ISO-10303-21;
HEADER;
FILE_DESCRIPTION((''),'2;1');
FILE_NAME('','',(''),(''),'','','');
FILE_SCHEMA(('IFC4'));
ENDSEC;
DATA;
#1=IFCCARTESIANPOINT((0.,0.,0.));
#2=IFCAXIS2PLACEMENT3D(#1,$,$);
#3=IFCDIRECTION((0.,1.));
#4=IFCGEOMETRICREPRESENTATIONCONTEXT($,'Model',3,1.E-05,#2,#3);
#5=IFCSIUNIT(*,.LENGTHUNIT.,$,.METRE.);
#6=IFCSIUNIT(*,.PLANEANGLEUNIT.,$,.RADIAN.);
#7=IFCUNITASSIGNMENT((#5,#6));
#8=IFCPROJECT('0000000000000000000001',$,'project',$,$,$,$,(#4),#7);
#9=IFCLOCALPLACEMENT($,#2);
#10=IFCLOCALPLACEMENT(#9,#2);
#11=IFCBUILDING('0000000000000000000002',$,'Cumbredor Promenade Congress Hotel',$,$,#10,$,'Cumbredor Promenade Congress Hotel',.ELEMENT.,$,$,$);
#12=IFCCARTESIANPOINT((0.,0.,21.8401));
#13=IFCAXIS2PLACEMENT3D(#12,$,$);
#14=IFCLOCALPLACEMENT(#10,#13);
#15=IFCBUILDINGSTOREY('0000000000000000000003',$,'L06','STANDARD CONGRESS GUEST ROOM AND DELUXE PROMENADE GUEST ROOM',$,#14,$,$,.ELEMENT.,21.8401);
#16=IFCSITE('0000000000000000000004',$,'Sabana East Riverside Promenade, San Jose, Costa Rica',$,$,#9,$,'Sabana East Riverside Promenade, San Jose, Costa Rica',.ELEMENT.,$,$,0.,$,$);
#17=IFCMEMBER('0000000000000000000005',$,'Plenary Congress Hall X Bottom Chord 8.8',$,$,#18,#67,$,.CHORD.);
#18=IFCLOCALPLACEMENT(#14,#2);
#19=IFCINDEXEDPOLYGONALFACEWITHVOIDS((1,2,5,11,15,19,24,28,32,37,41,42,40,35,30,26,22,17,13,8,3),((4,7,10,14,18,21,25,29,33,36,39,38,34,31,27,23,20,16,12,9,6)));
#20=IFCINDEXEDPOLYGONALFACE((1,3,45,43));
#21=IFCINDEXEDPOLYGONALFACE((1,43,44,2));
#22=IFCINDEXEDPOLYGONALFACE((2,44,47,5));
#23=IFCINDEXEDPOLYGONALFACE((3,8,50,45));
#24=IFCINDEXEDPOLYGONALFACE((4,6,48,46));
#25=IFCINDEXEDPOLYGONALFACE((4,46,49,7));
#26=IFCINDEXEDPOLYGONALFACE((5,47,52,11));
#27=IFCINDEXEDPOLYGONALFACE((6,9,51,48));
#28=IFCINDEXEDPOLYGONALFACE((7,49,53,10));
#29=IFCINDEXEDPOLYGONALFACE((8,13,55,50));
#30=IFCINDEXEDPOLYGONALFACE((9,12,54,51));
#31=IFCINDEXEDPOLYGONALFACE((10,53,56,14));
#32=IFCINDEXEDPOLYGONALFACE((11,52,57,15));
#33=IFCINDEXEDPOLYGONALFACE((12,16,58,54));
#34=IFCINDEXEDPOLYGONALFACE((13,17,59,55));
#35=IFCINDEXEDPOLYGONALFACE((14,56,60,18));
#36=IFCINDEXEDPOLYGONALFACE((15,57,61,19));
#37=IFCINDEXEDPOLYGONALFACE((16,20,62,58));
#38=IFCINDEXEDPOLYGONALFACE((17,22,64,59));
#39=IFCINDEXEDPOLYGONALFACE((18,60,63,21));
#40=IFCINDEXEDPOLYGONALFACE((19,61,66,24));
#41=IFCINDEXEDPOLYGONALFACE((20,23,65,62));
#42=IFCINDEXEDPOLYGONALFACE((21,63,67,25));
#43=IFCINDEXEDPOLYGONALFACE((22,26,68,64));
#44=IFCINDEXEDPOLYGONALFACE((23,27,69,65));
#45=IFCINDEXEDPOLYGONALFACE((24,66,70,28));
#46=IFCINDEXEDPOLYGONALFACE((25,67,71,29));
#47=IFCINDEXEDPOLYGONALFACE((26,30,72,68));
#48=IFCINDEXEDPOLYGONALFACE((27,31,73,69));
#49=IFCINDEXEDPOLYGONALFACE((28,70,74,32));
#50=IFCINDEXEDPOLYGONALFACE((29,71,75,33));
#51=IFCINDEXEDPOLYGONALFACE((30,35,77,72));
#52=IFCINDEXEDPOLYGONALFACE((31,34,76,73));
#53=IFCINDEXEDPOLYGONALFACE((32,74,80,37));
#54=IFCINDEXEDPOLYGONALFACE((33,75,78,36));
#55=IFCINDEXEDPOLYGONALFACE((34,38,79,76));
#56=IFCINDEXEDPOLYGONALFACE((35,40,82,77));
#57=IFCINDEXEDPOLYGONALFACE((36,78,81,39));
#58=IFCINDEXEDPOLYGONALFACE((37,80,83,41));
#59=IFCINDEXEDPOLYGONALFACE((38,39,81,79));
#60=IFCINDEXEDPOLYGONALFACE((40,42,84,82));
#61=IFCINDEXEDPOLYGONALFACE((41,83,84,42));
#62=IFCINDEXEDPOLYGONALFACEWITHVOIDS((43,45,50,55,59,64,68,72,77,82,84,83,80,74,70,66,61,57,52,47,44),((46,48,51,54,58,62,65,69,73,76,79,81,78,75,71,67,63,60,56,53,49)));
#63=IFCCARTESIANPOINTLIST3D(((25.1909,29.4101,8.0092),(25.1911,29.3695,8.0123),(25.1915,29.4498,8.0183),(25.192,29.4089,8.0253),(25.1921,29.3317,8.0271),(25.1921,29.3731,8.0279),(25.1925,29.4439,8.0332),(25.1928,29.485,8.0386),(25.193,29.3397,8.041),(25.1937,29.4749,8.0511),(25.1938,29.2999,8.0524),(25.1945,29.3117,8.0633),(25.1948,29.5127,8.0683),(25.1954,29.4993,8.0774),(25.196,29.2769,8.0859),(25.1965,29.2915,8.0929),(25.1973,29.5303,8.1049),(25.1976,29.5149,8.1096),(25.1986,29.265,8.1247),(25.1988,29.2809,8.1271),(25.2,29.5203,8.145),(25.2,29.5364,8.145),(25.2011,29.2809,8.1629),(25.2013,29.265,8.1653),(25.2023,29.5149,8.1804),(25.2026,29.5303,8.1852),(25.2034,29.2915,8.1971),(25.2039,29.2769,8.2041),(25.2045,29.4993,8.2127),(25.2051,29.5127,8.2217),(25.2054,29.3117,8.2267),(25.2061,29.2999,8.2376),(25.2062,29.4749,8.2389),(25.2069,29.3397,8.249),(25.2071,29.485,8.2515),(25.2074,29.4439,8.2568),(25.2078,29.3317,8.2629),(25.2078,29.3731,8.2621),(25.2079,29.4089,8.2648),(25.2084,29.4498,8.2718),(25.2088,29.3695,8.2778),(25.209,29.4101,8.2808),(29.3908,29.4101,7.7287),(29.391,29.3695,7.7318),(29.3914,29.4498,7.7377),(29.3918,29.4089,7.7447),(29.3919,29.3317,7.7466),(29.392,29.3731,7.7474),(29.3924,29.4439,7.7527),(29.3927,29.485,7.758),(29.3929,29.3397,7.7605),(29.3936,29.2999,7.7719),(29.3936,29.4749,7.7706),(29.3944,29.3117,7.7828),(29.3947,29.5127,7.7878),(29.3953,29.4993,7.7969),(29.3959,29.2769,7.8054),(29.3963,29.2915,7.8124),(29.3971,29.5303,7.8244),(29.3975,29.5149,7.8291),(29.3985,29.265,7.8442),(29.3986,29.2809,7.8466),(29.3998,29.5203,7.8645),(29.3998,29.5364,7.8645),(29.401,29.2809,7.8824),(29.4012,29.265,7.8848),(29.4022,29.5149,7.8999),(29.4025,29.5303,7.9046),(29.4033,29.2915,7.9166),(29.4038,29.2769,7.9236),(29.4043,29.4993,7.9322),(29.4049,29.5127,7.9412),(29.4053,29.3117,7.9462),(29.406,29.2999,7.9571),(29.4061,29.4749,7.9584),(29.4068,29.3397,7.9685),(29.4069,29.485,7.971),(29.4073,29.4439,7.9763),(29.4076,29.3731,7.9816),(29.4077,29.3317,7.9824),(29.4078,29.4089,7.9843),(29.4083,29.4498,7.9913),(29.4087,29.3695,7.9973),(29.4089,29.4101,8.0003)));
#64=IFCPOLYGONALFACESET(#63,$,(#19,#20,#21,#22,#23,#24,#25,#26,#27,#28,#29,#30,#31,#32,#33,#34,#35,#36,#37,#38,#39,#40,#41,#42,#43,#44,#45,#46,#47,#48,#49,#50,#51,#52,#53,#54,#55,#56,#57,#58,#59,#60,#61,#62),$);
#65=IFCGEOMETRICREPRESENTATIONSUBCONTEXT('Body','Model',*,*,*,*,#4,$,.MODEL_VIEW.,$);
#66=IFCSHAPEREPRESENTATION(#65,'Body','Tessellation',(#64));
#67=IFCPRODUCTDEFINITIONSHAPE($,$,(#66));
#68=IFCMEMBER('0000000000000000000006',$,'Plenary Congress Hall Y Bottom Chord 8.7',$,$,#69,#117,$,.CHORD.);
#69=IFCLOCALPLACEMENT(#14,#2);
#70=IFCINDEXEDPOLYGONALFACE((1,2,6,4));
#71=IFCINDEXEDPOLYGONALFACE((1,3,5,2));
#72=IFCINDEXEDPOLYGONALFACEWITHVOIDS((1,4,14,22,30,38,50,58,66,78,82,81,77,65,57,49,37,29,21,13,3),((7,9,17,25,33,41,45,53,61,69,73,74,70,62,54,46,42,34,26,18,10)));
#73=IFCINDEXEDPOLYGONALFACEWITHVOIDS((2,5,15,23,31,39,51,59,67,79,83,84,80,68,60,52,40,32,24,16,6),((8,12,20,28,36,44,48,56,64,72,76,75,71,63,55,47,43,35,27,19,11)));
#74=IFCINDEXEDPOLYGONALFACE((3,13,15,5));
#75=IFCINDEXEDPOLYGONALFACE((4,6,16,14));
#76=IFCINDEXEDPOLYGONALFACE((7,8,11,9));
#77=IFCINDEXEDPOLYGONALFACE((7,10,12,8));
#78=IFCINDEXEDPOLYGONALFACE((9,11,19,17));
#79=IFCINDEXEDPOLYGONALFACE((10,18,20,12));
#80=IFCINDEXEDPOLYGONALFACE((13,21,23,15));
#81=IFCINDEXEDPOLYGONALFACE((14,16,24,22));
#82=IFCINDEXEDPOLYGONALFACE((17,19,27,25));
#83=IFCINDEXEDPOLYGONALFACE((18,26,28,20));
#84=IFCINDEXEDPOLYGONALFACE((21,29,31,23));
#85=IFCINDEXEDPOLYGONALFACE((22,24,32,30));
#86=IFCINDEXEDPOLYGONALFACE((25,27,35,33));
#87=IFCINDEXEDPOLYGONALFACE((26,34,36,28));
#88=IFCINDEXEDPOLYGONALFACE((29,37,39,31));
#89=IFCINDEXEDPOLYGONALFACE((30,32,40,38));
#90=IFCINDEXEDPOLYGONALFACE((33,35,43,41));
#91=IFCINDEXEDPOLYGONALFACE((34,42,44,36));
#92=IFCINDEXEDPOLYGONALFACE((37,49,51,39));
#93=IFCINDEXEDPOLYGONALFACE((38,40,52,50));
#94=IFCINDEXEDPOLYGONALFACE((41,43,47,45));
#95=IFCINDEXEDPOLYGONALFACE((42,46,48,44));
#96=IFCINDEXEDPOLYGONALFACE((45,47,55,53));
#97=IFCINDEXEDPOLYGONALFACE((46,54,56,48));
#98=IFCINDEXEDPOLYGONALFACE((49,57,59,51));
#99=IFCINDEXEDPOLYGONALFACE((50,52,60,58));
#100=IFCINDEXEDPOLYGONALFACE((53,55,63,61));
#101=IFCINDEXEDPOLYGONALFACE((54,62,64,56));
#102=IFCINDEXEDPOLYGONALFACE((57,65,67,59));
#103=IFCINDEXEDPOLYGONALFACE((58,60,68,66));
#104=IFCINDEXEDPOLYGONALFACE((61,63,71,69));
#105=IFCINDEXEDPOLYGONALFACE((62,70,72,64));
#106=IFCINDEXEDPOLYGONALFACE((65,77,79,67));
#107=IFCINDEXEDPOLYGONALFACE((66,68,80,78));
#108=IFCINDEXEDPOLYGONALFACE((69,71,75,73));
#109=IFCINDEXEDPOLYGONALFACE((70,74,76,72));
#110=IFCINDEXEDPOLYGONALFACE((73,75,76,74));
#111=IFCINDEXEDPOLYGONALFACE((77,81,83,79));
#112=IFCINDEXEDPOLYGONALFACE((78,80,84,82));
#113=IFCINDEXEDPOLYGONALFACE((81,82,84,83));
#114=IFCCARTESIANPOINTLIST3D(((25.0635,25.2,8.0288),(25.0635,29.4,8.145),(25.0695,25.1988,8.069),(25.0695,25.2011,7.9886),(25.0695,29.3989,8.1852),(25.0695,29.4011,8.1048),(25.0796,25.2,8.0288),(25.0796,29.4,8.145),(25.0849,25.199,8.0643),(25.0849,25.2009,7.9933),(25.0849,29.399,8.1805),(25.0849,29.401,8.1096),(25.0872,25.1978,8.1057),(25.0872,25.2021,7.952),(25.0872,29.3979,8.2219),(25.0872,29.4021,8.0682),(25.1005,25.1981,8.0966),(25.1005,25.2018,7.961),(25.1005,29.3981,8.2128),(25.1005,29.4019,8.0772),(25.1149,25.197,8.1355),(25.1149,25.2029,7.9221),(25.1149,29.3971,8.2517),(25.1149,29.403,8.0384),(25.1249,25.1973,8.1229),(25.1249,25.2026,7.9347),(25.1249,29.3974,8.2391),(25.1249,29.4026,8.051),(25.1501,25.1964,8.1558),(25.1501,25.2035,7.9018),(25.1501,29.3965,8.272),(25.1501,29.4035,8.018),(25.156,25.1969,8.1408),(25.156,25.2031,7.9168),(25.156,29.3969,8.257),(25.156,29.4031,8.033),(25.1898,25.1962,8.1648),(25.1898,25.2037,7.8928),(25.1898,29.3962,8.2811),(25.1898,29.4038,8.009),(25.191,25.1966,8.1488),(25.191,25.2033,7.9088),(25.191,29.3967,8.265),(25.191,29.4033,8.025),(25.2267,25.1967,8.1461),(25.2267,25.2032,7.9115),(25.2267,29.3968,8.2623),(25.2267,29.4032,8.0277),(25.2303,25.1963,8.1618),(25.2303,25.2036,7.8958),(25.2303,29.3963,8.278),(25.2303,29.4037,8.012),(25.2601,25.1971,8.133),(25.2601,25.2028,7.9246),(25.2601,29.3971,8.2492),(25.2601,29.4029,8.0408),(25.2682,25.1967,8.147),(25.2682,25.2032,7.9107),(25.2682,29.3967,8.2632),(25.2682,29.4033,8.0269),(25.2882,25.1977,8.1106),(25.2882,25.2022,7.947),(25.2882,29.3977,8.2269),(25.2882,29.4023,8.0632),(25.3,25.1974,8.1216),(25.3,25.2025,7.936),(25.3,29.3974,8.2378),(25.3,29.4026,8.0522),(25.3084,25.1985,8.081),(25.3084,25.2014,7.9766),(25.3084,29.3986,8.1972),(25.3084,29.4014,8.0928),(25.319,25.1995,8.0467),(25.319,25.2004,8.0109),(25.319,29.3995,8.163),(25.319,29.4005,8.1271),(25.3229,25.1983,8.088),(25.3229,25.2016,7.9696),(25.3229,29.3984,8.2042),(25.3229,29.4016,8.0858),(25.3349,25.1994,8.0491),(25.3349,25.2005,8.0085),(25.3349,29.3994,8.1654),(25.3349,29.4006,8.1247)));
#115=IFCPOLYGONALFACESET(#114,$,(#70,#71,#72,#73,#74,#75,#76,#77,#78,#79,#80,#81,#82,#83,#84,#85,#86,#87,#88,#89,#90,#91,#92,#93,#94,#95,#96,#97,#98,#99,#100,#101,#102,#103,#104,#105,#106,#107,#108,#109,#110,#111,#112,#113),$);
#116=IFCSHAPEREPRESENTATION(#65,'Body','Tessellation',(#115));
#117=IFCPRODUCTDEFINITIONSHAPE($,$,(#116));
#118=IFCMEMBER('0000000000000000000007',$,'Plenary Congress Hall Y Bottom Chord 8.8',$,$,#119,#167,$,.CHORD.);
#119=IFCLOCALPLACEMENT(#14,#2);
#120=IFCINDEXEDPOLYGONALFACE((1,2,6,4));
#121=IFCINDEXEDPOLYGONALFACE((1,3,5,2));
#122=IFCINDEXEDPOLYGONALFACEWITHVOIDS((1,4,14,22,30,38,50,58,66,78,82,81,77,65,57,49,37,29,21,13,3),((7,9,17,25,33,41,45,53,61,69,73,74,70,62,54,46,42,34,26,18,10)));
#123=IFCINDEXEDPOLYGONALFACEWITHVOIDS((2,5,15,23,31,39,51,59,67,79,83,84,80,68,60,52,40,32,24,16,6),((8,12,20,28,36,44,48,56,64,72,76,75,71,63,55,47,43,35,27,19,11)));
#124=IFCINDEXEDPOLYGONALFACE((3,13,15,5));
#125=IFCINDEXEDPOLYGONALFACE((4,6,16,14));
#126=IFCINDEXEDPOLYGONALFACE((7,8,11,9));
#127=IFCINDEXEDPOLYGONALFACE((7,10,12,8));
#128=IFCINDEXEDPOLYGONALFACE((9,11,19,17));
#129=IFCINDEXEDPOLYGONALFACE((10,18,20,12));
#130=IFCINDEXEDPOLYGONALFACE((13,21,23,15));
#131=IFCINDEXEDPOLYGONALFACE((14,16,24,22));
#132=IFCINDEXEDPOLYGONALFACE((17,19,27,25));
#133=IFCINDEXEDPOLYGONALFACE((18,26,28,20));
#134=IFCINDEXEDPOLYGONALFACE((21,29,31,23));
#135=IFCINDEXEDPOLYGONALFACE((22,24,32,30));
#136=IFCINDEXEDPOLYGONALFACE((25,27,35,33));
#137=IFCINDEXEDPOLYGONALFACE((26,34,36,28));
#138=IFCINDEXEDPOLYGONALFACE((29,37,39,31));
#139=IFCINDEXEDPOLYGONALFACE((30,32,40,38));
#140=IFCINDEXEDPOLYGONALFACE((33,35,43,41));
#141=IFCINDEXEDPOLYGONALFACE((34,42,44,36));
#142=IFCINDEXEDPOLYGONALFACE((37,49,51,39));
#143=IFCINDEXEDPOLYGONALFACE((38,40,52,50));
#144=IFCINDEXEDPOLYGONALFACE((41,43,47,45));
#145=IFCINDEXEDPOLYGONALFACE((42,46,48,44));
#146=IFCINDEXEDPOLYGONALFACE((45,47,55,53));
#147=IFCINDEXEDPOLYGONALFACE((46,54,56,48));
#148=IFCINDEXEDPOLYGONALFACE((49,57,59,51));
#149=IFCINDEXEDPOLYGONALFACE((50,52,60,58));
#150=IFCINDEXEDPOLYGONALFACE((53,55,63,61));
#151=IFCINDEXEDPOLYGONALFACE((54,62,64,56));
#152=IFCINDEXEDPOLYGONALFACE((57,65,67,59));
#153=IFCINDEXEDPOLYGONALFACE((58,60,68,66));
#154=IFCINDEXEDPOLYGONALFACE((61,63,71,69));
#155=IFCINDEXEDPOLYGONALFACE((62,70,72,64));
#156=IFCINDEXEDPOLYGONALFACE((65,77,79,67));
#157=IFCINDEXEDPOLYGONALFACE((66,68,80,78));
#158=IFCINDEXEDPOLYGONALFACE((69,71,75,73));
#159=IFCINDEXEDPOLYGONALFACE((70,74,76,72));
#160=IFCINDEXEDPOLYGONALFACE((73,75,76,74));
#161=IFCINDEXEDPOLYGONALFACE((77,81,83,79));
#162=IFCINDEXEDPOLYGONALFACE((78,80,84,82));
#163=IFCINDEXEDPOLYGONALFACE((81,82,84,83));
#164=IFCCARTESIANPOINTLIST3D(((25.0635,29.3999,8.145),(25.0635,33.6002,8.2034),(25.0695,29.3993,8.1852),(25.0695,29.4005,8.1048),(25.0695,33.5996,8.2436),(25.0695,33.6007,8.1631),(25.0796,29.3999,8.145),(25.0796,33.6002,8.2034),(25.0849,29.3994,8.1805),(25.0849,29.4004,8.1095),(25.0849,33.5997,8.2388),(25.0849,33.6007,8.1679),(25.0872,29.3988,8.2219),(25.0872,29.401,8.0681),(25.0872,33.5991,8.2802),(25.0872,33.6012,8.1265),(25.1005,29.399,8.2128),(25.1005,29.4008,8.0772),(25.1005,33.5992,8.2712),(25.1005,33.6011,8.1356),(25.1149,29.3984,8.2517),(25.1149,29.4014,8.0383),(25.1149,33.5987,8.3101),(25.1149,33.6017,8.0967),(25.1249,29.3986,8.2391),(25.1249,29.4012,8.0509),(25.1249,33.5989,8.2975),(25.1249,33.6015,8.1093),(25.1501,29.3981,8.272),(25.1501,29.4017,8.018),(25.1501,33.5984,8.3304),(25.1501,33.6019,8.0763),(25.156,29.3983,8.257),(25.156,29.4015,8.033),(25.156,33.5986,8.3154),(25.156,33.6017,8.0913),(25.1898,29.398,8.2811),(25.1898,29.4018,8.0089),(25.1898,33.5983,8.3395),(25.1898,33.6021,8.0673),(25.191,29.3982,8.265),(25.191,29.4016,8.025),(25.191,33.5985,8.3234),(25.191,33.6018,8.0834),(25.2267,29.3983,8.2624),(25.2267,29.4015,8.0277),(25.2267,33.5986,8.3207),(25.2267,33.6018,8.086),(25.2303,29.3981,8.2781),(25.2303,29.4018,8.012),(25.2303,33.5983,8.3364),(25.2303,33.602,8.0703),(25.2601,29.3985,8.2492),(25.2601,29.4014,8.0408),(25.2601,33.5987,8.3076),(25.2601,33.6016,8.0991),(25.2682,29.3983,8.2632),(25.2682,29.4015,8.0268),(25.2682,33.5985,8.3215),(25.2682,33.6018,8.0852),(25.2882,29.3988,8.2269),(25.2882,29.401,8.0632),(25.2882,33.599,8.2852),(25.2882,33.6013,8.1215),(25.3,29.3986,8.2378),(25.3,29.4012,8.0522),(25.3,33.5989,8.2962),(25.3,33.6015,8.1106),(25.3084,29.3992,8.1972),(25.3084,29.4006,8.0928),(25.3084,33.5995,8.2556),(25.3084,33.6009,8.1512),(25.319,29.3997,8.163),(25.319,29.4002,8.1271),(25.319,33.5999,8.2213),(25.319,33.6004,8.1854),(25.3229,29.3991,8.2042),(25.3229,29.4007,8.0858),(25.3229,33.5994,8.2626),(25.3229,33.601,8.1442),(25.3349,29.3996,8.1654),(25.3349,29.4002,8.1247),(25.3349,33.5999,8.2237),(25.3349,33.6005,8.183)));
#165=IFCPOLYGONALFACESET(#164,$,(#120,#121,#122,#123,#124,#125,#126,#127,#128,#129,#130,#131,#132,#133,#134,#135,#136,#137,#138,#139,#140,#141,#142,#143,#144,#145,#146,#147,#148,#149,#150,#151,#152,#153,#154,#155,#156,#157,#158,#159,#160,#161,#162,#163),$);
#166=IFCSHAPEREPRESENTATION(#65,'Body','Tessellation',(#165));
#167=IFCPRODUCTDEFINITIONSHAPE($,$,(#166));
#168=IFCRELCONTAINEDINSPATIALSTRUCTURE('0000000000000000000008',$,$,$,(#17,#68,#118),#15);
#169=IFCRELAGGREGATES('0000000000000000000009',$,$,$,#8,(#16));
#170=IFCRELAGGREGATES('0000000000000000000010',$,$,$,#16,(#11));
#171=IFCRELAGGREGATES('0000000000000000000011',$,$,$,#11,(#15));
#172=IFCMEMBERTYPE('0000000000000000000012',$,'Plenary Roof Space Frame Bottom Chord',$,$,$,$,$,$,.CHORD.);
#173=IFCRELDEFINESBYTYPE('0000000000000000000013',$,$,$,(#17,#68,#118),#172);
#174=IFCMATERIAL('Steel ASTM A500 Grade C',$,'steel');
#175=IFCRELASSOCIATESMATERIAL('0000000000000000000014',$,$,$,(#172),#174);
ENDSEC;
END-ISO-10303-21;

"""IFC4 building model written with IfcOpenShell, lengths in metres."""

from ifc_helpers import new_model, si_unit, direction, frame, origin, origin_2d, place, context, subcontext, project, spatial, hollow_circle, extrude, material, material_profile, profile_set, type_object, element, save


model = new_model("IFC4")

# Units and contexts
model_context = context("Model", 3, precision=1e-05, world=origin(), true_north=direction((0.0, 1.0)))
body_context = subcontext(model_context, "Body", "Model", "MODEL_VIEW")
ifc_project = project(units=[si_unit("LENGTHUNIT", "METRE"), si_unit("PLANEANGLEUNIT", "RADIAN")], contexts=[model_context])

# Site, building, storey
site_placement = place(None, origin())
site = spatial("IfcSite", under=ifc_project, at=site_placement, Name="Sabana East Riverside Promenade, San Jose, Costa Rica", LongName="Sabana East Riverside Promenade, San Jose, Costa Rica", CompositionType="ELEMENT", RefElevation=0.0)
building_placement = place(site_placement, origin())
building = spatial("IfcBuilding", under=site, at=building_placement, Name="Cumbredor Promenade Congress Hotel", LongName="Cumbredor Promenade Congress Hotel", CompositionType="ELEMENT")
storey_placement = place(building_placement, frame((0.0, 0.0, 21.8401)))
storey = spatial("IfcBuildingStorey", under=building, at=storey_placement, Name="L06", Description="STANDARD CONGRESS GUEST ROOM AND DELUXE PROMENADE GUEST ROOM", CompositionType="ELEMENT", Elevation=21.8401)

# Members
ifc_material_1 = material(Name="Steel ASTM A500 Grade C", Category="steel")
ifc_material_profile_1 = material_profile(ifc_material_1, hollow_circle(Radius=0.1365, WallThickness=0.0161, at=origin_2d()), Name="CHS 273.0x16")
ifc_profile_set_1 = profile_set([ifc_material_profile_1], Name="Steel ASTM A500 Grade C")
member_type_1 = type_object("IfcMemberType", Name="Plenary Roof Space Frame Bottom Chord", PredefinedType="CHORD", material=ifc_profile_set_1)
member_1_placement = place(storey_placement, frame((25.2, 29.3999, 8.145), z_axis=(0.997777, 0.0, -0.066642), x_axis=(0.0, 1.0, 0.0)))
element("IfcMember", 1, at=member_1_placement, inside=storey, type_object=member_type_1, Name="Plenary Congress Hall X Bottom Chord 8.8", PredefinedType="CHORD", context=body_context, shape_type="SweptSolid", body=[
    extrude(hollow_circle(Radius=0.1365, WallThickness=0.0161, at=origin_2d()), origin(), (0.0, 0.0, 1.0), 4.2092),
])
member_2_placement = place(storey_placement, frame((25.2, 25.2, 8.0288), z_axis=(0.0, 0.999617, 0.027659), x_axis=(-1.0, 0.0, 0.0)))
element("IfcMember", 2, at=member_2_placement, inside=storey, type_object=member_type_1, Name="Plenary Congress Hall Y Bottom Chord 8.7", PredefinedType="CHORD", context=body_context, shape_type="SweptSolid", body=[
    extrude(hollow_circle(Radius=0.1365, WallThickness=0.0161, at=origin_2d()), origin(), (0.0, 0.0, 1.0), 4.2017),
])
member_3_placement = place(storey_placement, frame((25.2, 29.3999, 8.145), z_axis=(0.0, 0.999904, 0.013891), x_axis=(-1.0, 0.0, 0.0)))
element("IfcMember", 3, at=member_3_placement, inside=storey, type_object=member_type_1, Name="Plenary Congress Hall Y Bottom Chord 8.8", PredefinedType="CHORD", context=body_context, shape_type="SweptSolid", body=[
    extrude(hollow_circle(Radius=0.1365, WallThickness=0.0161, at=origin_2d()), origin(), (0.0, 0.0, 1.0), 4.2007),
])

save(model, "model.ifc")
